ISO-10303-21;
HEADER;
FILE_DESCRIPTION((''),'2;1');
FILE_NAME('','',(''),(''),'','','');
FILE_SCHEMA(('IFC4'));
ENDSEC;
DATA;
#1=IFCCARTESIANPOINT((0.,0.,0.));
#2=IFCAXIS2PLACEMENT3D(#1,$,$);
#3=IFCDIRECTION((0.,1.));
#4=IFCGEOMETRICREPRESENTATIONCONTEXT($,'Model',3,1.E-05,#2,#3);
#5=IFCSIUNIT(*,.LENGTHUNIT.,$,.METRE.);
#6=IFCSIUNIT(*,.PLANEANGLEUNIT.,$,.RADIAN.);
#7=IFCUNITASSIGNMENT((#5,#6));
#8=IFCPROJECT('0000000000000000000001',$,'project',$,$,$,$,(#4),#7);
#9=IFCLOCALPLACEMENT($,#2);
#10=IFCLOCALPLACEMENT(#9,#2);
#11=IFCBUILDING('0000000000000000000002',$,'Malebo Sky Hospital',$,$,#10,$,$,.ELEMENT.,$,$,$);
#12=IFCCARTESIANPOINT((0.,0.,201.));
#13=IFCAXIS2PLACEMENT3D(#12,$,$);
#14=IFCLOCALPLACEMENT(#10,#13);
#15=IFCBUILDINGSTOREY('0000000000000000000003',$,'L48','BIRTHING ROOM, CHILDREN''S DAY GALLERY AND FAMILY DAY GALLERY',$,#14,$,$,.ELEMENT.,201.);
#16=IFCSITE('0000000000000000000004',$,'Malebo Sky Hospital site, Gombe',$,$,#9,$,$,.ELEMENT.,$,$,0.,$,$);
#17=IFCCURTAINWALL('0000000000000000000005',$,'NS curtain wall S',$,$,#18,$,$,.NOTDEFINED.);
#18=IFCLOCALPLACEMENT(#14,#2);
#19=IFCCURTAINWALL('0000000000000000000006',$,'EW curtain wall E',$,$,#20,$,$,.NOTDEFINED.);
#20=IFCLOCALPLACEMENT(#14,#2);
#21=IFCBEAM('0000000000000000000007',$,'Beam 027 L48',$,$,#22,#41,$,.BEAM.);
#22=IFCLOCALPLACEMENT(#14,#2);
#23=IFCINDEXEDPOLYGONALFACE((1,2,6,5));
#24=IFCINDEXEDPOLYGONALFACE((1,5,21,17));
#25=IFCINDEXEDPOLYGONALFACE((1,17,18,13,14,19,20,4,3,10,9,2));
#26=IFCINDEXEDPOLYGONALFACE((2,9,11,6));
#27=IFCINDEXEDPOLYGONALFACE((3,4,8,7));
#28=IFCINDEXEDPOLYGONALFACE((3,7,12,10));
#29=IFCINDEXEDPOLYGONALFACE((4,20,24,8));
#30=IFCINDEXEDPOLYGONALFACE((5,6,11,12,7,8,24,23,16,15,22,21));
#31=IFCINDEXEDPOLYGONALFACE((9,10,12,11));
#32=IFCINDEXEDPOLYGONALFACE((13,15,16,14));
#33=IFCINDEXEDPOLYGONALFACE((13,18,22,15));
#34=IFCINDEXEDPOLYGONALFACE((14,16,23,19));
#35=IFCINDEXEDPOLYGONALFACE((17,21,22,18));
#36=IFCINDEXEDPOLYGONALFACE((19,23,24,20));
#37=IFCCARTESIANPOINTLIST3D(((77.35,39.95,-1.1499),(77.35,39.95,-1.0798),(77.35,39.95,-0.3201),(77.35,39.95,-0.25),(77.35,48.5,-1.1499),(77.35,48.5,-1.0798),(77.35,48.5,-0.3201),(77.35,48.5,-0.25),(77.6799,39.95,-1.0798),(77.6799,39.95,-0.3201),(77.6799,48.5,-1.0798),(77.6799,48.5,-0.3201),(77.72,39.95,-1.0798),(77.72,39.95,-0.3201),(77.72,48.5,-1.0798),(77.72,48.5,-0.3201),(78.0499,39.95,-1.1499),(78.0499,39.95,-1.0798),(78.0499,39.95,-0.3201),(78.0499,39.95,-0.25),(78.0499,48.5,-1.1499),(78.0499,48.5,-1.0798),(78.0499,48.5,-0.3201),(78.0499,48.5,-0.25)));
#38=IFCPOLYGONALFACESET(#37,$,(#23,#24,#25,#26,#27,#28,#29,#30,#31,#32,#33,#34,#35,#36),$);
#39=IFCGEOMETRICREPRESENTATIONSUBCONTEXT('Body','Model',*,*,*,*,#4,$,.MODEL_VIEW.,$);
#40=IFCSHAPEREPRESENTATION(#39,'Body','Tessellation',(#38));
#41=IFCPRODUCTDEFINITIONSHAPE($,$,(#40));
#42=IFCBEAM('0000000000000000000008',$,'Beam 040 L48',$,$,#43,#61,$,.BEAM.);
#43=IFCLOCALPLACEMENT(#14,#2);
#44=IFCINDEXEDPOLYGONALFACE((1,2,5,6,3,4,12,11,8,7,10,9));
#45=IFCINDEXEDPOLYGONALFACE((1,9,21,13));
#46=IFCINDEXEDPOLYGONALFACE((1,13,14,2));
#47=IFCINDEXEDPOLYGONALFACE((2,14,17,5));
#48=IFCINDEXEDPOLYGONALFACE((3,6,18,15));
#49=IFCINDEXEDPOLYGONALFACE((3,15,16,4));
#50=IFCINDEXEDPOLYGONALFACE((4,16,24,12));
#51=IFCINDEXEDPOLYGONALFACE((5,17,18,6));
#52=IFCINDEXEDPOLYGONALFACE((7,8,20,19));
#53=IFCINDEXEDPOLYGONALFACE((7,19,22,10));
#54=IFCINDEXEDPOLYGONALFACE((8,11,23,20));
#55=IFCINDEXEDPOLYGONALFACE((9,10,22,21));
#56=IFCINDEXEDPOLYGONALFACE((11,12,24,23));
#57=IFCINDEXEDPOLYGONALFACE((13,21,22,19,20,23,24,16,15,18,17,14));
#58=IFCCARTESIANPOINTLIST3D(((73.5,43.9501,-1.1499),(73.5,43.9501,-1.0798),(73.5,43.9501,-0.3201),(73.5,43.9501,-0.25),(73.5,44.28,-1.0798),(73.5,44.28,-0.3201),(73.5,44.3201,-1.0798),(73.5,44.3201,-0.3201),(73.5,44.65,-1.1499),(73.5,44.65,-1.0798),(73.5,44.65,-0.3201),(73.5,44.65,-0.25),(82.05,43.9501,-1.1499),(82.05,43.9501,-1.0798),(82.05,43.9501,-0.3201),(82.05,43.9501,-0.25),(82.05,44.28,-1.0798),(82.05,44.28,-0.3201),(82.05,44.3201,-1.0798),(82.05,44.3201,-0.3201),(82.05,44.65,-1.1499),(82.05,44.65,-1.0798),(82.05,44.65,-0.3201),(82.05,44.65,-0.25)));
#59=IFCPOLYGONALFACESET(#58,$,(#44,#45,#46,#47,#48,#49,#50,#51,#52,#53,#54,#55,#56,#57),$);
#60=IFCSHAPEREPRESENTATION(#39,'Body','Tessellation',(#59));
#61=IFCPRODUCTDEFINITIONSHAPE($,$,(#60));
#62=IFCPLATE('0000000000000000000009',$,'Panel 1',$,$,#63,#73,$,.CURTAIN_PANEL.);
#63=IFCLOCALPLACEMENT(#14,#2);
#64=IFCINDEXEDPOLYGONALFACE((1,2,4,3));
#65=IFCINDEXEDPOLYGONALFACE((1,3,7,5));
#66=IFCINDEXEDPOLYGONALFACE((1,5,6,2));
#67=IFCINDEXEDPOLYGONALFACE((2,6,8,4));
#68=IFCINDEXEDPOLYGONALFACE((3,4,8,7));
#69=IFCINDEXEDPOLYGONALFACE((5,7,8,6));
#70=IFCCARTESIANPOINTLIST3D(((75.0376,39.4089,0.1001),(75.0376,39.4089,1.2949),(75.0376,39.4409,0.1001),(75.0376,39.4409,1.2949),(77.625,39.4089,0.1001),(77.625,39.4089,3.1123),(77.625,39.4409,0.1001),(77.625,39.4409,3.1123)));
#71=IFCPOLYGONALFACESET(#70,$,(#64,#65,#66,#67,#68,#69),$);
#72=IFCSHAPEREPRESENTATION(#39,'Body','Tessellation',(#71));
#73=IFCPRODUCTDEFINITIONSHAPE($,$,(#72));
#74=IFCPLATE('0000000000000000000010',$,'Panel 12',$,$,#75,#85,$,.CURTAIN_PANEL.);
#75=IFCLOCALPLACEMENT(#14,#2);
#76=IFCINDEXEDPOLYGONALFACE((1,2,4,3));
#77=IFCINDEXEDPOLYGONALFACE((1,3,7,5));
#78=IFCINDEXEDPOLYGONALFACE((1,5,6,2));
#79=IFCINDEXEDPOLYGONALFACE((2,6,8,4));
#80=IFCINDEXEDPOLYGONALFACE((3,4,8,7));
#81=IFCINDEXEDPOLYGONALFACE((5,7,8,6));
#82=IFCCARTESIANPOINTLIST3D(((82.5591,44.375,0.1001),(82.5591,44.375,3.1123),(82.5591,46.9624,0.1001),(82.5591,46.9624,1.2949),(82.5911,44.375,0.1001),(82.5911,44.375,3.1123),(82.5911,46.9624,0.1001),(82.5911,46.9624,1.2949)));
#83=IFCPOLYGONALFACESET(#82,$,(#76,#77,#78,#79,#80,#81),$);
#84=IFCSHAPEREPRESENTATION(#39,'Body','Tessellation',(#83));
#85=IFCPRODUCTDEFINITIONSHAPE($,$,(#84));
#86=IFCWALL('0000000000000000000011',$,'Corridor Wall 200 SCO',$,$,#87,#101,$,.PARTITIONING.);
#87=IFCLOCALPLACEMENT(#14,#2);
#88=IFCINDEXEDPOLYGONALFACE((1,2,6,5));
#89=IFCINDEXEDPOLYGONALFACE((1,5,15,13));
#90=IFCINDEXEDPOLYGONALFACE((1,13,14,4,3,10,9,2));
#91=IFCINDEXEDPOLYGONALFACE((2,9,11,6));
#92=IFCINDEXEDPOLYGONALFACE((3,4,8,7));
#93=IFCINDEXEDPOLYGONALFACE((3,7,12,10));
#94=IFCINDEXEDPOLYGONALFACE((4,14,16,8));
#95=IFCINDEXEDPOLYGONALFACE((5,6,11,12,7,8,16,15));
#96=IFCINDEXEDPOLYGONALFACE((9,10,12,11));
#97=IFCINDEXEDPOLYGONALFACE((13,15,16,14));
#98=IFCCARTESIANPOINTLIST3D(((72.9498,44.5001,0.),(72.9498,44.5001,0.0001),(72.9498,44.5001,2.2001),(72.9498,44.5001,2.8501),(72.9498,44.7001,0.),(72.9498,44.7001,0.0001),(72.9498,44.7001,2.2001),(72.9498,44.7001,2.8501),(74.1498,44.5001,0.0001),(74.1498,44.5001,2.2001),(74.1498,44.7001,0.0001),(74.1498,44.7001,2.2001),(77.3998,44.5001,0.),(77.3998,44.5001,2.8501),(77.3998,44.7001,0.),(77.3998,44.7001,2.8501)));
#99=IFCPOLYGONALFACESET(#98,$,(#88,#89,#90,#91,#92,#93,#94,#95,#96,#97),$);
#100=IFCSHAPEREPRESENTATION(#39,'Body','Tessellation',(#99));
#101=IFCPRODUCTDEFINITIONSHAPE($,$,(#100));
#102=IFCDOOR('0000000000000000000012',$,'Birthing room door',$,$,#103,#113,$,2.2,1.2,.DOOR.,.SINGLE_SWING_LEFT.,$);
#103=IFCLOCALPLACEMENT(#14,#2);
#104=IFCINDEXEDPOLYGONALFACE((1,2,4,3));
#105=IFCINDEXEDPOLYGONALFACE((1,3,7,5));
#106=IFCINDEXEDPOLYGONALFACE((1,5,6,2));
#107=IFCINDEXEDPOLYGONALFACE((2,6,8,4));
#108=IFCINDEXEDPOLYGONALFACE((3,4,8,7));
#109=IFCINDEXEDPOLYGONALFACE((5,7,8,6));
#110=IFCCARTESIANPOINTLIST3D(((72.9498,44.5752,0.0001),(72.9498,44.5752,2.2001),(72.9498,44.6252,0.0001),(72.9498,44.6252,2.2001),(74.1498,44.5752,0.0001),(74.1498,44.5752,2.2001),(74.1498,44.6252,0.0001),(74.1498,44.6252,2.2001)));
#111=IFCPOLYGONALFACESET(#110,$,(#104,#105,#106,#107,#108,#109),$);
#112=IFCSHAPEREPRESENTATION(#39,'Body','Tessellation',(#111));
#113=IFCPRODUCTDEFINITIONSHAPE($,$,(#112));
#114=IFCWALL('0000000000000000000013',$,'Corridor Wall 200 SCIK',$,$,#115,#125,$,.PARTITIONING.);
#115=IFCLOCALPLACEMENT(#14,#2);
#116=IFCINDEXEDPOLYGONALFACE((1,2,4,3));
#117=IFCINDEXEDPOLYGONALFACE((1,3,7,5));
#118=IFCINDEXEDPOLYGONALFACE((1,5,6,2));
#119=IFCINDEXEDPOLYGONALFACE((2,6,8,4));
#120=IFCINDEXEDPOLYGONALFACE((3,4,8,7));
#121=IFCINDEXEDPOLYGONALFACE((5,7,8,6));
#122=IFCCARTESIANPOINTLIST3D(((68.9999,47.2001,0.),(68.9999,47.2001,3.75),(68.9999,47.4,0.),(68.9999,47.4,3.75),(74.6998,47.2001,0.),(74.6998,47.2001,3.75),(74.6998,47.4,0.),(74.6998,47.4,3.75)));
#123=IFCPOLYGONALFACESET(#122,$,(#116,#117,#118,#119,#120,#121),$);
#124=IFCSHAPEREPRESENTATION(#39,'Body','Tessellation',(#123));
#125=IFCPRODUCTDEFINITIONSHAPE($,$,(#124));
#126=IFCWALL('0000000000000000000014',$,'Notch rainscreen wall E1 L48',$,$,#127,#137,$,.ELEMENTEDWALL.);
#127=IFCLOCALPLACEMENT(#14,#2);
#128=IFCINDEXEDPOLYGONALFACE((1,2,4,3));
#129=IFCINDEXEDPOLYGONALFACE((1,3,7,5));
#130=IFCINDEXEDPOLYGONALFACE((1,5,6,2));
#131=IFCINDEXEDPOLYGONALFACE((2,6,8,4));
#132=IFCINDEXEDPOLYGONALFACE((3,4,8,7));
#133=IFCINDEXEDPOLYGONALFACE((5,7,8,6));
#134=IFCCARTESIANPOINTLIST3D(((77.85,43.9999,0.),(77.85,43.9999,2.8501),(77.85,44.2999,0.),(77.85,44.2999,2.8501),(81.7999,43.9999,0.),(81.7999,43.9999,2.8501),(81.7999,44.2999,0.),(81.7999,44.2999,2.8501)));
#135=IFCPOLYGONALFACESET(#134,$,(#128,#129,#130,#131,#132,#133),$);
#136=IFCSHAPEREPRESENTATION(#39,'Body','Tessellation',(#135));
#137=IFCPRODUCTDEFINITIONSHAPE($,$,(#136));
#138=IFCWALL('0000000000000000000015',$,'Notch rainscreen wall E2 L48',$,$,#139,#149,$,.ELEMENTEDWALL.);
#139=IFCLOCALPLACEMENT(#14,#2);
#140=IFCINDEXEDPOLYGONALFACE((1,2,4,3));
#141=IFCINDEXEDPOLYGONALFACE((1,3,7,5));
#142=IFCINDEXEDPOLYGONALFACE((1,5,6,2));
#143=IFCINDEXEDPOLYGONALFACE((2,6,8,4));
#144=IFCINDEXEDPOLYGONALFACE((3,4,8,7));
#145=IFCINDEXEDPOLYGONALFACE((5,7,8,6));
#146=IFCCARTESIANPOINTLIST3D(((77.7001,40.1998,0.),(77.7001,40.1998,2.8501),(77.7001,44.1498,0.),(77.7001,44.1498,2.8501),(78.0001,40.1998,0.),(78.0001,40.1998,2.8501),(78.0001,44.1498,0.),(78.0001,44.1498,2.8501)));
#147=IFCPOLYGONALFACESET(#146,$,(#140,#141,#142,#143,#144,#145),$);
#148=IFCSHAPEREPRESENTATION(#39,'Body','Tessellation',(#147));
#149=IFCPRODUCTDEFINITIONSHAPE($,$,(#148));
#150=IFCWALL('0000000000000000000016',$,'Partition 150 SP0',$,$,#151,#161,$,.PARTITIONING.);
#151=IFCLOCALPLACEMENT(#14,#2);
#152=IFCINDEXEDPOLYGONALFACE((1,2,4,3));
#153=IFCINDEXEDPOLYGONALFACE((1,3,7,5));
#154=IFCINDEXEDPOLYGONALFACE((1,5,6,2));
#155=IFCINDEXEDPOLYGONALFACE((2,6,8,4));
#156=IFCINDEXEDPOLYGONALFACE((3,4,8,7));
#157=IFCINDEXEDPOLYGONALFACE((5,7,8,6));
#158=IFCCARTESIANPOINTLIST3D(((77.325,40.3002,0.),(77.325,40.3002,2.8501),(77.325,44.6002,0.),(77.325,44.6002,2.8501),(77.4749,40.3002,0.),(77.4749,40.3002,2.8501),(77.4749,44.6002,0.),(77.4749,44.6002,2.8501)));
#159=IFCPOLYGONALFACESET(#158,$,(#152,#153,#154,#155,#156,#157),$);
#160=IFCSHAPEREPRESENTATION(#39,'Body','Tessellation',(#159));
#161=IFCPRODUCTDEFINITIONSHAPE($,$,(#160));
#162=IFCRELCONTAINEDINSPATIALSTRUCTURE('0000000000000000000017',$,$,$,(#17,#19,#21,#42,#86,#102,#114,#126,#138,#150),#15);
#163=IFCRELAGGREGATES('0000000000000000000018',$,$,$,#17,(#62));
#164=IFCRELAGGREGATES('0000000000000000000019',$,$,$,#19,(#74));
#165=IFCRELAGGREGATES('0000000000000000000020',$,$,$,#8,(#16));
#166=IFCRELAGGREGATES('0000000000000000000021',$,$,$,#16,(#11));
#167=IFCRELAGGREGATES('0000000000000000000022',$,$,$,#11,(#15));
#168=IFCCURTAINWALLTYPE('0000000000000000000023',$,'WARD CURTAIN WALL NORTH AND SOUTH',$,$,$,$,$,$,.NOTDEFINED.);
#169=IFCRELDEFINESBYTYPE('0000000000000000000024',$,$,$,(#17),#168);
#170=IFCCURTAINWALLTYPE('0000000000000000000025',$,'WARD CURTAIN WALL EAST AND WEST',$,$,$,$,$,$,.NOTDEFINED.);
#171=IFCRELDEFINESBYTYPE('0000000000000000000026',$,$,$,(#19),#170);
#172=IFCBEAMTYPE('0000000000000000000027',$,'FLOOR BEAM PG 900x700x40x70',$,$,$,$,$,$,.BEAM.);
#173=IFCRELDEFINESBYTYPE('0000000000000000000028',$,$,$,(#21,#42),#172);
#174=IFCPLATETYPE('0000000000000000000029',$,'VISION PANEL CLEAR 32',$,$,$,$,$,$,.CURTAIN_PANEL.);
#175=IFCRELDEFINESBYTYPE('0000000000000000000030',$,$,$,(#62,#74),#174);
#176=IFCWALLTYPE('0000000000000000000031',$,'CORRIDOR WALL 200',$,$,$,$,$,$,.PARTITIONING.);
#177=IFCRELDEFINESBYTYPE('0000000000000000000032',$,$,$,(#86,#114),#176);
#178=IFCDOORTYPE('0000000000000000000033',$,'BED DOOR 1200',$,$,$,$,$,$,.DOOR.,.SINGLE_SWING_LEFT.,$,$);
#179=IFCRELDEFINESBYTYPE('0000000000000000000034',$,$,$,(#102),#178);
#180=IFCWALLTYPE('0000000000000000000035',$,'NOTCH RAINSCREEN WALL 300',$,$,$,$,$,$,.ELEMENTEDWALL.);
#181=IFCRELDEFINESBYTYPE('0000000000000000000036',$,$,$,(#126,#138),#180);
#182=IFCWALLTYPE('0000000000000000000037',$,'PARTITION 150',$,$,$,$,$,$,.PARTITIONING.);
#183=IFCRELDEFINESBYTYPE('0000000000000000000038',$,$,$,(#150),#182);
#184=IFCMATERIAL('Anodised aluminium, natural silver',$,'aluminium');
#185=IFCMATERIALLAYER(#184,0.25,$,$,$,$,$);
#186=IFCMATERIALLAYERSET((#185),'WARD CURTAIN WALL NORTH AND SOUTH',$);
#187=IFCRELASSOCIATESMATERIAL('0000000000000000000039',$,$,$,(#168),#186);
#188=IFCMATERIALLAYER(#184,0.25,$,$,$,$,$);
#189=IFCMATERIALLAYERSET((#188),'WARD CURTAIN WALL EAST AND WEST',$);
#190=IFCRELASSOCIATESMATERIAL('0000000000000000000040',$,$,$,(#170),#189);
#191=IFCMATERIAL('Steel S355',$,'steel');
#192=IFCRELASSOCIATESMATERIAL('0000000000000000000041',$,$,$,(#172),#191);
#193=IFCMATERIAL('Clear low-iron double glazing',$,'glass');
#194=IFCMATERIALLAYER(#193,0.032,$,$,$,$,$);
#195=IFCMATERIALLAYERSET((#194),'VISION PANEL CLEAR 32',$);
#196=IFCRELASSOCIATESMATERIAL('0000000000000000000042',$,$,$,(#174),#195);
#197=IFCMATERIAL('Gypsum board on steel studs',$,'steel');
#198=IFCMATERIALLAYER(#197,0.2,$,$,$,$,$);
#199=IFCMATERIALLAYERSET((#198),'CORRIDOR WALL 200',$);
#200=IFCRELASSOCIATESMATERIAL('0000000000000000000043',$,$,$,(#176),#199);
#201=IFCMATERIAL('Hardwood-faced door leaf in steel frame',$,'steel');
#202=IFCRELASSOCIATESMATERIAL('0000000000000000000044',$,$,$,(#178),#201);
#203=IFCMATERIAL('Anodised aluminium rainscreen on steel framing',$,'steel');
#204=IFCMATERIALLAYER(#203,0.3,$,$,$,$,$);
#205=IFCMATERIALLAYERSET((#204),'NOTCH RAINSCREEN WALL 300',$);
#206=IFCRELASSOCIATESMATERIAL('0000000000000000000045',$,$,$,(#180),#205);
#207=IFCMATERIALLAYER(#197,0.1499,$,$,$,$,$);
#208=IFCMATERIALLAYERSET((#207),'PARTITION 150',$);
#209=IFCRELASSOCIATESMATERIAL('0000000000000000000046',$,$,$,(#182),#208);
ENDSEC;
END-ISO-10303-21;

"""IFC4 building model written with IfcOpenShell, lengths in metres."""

from ifc_helpers import new_model, si_unit, direction, frame, frame_2d, origin, origin_2d, place, context, subcontext, project, spatial, polyline, rectangle, i_section, outline, extrude, material, layer, layer_set, material_profile, profile_set, type_object, element, fill, aggregate, save


model = new_model("IFC4")

# Units and contexts
model_context = context("Model", 3, precision=1e-05, world=origin(), true_north=direction((0.0, 1.0)))
body_context = subcontext(model_context, "Body", "Model", "MODEL_VIEW")
ifc_project = project(units=[si_unit("LENGTHUNIT", "METRE"), si_unit("PLANEANGLEUNIT", "RADIAN")], contexts=[model_context])

# Site, building, storey
site_placement = place(None, origin())
site = spatial("IfcSite", under=ifc_project, at=site_placement, Name="Malebo Sky Hospital site, Gombe", CompositionType="ELEMENT", RefElevation=0.0)
building_placement = place(site_placement, origin())
building = spatial("IfcBuilding", under=site, at=building_placement, Name="Malebo Sky Hospital", CompositionType="ELEMENT")
storey_placement = place(building_placement, frame((0.0, 0.0, 201.0)))
storey = spatial("IfcBuildingStorey", under=building, at=storey_placement, Name="L48", Description="BIRTHING ROOM, CHILDREN'S DAY GALLERY AND FAMILY DAY GALLERY", CompositionType="ELEMENT", Elevation=201.0)

# Curtain wall
ifc_material_1 = material(Name="Anodised aluminium, natural silver", Category="aluminium")
ifc_layer_1 = layer(ifc_material_1, 0.25)
ifc_layer_set_1 = layer_set([ifc_layer_1], Name="WARD CURTAIN WALL NORTH AND SOUTH")
curtain_wall_type_1 = type_object("IfcCurtainWallType", Name="WARD CURTAIN WALL NORTH AND SOUTH", PredefinedType="NOTDEFINED", material=ifc_layer_set_1)
curtain_wall_1_placement = place(storey_placement, origin())
curtain_wall_1 = element("IfcCurtainWall", 1, at=curtain_wall_1_placement, inside=storey, type_object=curtain_wall_type_1, Name="NS curtain wall S", PredefinedType="NOTDEFINED")

# Curtain wall
ifc_layer_2 = layer(ifc_material_1, 0.25)
ifc_layer_set_2 = layer_set([ifc_layer_2], Name="WARD CURTAIN WALL EAST AND WEST")
curtain_wall_type_2 = type_object("IfcCurtainWallType", Name="WARD CURTAIN WALL EAST AND WEST", PredefinedType="NOTDEFINED", material=ifc_layer_set_2)
curtain_wall_2_placement = place(storey_placement, origin())
curtain_wall_2 = element("IfcCurtainWall", 2, at=curtain_wall_2_placement, inside=storey, type_object=curtain_wall_type_2, Name="EW curtain wall E", PredefinedType="NOTDEFINED")

# Beams
ifc_material_2 = material(Name="Steel S355", Category="steel")
ifc_material_profile_1 = material_profile(ifc_material_2, i_section(OverallWidth=0.7, OverallDepth=0.8999, WebThickness=0.04, FlangeThickness=0.0701, at=origin_2d()), Name="PG 900x700x40x70")
ifc_profile_set_1 = profile_set([ifc_material_profile_1], Name="Steel S355")
beam_type_1 = type_object("IfcBeamType", Name="FLOOR BEAM PG 900x700x40x70", PredefinedType="BEAM", material=ifc_profile_set_1)
for number, where, z_axis, x_axis, name in (
    (3, (77.7, 39.95, -0.7), (0.0, 1.0, 0.0), (-1.0, 0.0, 0.0), "Beam 027 L48"),
    (4, (73.5, 44.3, -0.7), (1.0, 0.0, 0.0), (0.0, 1.0, 0.0), "Beam 040 L48"),
):
    element("IfcBeam", number, at=place(storey_placement, frame(where, z_axis=z_axis, x_axis=x_axis)), inside=storey, type_object=beam_type_1, Name=name, PredefinedType="BEAM", context=body_context, shape_type="SweptSolid", body=[
        extrude(i_section(OverallWidth=0.7, OverallDepth=0.8999, WebThickness=0.04, FlangeThickness=0.0701, at=origin_2d()), origin(), (0.0, 0.0, 1.0), 8.55),
    ])

# Plates
ifc_material_3 = material(Name="Clear low-iron double glazing", Category="glass")
ifc_layer_3 = layer(ifc_material_3, 0.032)
ifc_layer_set_3 = layer_set([ifc_layer_3], Name="VISION PANEL CLEAR 32")
plate_type = type_object("IfcPlateType", Name="VISION PANEL CLEAR 32", PredefinedType="CURTAIN_PANEL", material=ifc_layer_set_3)
plate_1_placement = place(storey_placement, frame((76.3313, 39.425, 0.1001), z_axis=(0.0, 0.0, 1.0), x_axis=(-1.0, 0.0, 0.0)))
plate_1 = element("IfcPlate", 5, at=plate_1_placement, type_object=plate_type, Name="Panel 1", PredefinedType="CURTAIN_PANEL", context=body_context, shape_type="SweptSolid", body=[
    extrude(outline(polyline([(-1.2937, 0.0), (1.2937, 0.0), (1.2937, 1.1948), (-1.2937, 3.0122), (-1.2937, 0.0)])), frame((0.0, 0.0161, 0.0), z_axis=(0.0, -1.0, 0.0), x_axis=(1.0, 0.0, 0.0)), (0.0, 0.0, 1.0), 0.032),
])
aggregate(curtain_wall_1, [plate_1])
plate_2_placement = place(storey_placement, frame((82.575, 45.6687, 0.1001), z_axis=(0.0, 0.0, 1.0), x_axis=(0.0, -1.0, 0.0)))
plate_2 = element("IfcPlate", 6, at=plate_2_placement, type_object=plate_type, Name="Panel 12", PredefinedType="CURTAIN_PANEL", context=body_context, shape_type="SweptSolid", body=[
    extrude(outline(polyline([(-1.2937, 0.0), (1.2937, 0.0), (1.2937, 3.0122), (-1.2937, 1.1948), (-1.2937, 0.0)])), frame((0.0, 0.0161, 0.0), z_axis=(0.0, -1.0, 0.0), x_axis=(1.0, 0.0, 0.0)), (0.0, 0.0, 1.0), 0.032),
])
aggregate(curtain_wall_2, [plate_2])

# Wall, opening, door
ifc_material_4 = material(Name="Gypsum board on steel studs", Category="steel")
ifc_layer_4 = layer(ifc_material_4, 0.2)
ifc_layer_set_4 = layer_set([ifc_layer_4], Name="CORRIDOR WALL 200")
wall_type_1 = type_object("IfcWallType", Name="CORRIDOR WALL 200", PredefinedType="PARTITIONING", material=ifc_layer_set_4)
wall_1_placement = place(storey_placement, frame((77.3999, 44.6001, 0.0), z_axis=(0.0, 0.0, 1.0), x_axis=(-1.0, 0.0, 0.0)))
wall_1 = element("IfcWall", 7, at=wall_1_placement, inside=storey, type_object=wall_type_1, Name="Corridor Wall 200 SCO", PredefinedType="PARTITIONING", context=body_context, shape_type="SweptSolid", body=[
    extrude(rectangle(XDim=4.45, YDim=0.2, at=frame_2d((2.2251, 0.0))), origin(), (0.0, 0.0, 1.0), 2.8501),
])
opening_1_placement = place(wall_1_placement, frame((3.25, 0.0, 0.0)))
opening_1 = element("IfcOpeningElement", 8, at=opening_1_placement, cuts=wall_1, PredefinedType="OPENING", context=body_context, shape_type="SweptSolid", body=[
    extrude(rectangle(XDim=1.2, YDim=2.2, at=frame_2d((0.6001, 1.1001))), frame((0.0, 0.1099, 0.0), z_axis=(0.0, -1.0, 0.0), x_axis=(1.0, 0.0, 0.0)), (0.0, 0.0, 1.0), 0.22),
])
ifc_material_5 = material(Name="Hardwood-faced door leaf in steel frame", Category="steel")
door_type_1 = type_object("IfcDoorType", Name="BED DOOR 1200", OperationType="SINGLE_SWING_LEFT", PredefinedType="DOOR", material=ifc_material_5)
door_1_placement = place(opening_1_placement, origin())
door_1 = element("IfcDoor", 9, at=door_1_placement, inside=storey, type_object=door_type_1, Name="Birthing room door", OperationType="SINGLE_SWING_LEFT", OverallHeight=2.2, OverallWidth=1.2, PredefinedType="DOOR", context=body_context, shape_type="SweptSolid", body=[
    extrude(rectangle(XDim=1.2, YDim=2.2, at=frame_2d((0.6001, 1.1001))), frame((0.0, 0.0249, 0.0), z_axis=(0.0, -1.0, 0.0), x_axis=(1.0, 0.0, 0.0)), (0.0, 0.0, 1.0), 0.05),
])
fill(opening_1, door_1)

# Walls
wall_2_placement = place(storey_placement, frame((74.7, 47.3, 0.0), z_axis=(0.0, 0.0, 1.0), x_axis=(-1.0, 0.0, 0.0)))
element("IfcWall", 10, at=wall_2_placement, inside=storey, type_object=wall_type_1, Name="Corridor Wall 200 SCIK", PredefinedType="PARTITIONING", context=body_context, shape_type="SweptSolid", body=[
    extrude(rectangle(XDim=5.7, YDim=0.2, at=frame_2d((2.8501, 0.0))), origin(), (0.0, 0.0, 1.0), 3.75),
])
ifc_material_6 = material(Name="Anodised aluminium rainscreen on steel framing", Category="steel")
ifc_layer_5 = layer(ifc_material_6, 0.3)
ifc_layer_set_5 = layer_set([ifc_layer_5], Name="NOTCH RAINSCREEN WALL 300")
wall_type_2 = type_object("IfcWallType", Name="NOTCH RAINSCREEN WALL 300", PredefinedType="ELEMENTEDWALL", material=ifc_layer_set_5)
for number, where, z_axis, x_axis, name in (
    (11, (81.8, 44.1499, 0.0), (0.0, 0.0, 1.0), (-1.0, 0.0, 0.0), "Notch rainscreen wall E1 L48"),
    (12, (77.8501, 44.1499, 0.0), (0.0, 0.0, 1.0), (0.0, -1.0, 0.0), "Notch rainscreen wall E2 L48"),
):
    element("IfcWall", number, at=place(storey_placement, frame(where, z_axis=z_axis, x_axis=x_axis)), inside=storey, type_object=wall_type_2, Name=name, PredefinedType="ELEMENTEDWALL", context=body_context, shape_type="SweptSolid", body=[
        extrude(rectangle(XDim=3.95, YDim=0.3, at=frame_2d((1.9751, 0.0))), origin(), (0.0, 0.0, 1.0), 2.8501),
    ])
ifc_layer_6 = layer(ifc_material_4, 0.1499)
ifc_layer_set_6 = layer_set([ifc_layer_6], Name="PARTITION 150")
wall_type_3 = type_object("IfcWallType", Name="PARTITION 150", PredefinedType="PARTITIONING", material=ifc_layer_set_6)
wall_3_placement = place(storey_placement, frame((77.3999, 44.6001, 0.0), z_axis=(0.0, 0.0, 1.0), x_axis=(0.0, -1.0, 0.0)))
element("IfcWall", 13, at=wall_3_placement, inside=storey, type_object=wall_type_3, Name="Partition 150 SP0", PredefinedType="PARTITIONING", context=body_context, shape_type="SweptSolid", body=[
    extrude(rectangle(XDim=4.3, YDim=0.1499, at=frame_2d((2.1499, 0.0))), origin(), (0.0, 0.0, 1.0), 2.8501),
])

save(model, "model.ifc")
